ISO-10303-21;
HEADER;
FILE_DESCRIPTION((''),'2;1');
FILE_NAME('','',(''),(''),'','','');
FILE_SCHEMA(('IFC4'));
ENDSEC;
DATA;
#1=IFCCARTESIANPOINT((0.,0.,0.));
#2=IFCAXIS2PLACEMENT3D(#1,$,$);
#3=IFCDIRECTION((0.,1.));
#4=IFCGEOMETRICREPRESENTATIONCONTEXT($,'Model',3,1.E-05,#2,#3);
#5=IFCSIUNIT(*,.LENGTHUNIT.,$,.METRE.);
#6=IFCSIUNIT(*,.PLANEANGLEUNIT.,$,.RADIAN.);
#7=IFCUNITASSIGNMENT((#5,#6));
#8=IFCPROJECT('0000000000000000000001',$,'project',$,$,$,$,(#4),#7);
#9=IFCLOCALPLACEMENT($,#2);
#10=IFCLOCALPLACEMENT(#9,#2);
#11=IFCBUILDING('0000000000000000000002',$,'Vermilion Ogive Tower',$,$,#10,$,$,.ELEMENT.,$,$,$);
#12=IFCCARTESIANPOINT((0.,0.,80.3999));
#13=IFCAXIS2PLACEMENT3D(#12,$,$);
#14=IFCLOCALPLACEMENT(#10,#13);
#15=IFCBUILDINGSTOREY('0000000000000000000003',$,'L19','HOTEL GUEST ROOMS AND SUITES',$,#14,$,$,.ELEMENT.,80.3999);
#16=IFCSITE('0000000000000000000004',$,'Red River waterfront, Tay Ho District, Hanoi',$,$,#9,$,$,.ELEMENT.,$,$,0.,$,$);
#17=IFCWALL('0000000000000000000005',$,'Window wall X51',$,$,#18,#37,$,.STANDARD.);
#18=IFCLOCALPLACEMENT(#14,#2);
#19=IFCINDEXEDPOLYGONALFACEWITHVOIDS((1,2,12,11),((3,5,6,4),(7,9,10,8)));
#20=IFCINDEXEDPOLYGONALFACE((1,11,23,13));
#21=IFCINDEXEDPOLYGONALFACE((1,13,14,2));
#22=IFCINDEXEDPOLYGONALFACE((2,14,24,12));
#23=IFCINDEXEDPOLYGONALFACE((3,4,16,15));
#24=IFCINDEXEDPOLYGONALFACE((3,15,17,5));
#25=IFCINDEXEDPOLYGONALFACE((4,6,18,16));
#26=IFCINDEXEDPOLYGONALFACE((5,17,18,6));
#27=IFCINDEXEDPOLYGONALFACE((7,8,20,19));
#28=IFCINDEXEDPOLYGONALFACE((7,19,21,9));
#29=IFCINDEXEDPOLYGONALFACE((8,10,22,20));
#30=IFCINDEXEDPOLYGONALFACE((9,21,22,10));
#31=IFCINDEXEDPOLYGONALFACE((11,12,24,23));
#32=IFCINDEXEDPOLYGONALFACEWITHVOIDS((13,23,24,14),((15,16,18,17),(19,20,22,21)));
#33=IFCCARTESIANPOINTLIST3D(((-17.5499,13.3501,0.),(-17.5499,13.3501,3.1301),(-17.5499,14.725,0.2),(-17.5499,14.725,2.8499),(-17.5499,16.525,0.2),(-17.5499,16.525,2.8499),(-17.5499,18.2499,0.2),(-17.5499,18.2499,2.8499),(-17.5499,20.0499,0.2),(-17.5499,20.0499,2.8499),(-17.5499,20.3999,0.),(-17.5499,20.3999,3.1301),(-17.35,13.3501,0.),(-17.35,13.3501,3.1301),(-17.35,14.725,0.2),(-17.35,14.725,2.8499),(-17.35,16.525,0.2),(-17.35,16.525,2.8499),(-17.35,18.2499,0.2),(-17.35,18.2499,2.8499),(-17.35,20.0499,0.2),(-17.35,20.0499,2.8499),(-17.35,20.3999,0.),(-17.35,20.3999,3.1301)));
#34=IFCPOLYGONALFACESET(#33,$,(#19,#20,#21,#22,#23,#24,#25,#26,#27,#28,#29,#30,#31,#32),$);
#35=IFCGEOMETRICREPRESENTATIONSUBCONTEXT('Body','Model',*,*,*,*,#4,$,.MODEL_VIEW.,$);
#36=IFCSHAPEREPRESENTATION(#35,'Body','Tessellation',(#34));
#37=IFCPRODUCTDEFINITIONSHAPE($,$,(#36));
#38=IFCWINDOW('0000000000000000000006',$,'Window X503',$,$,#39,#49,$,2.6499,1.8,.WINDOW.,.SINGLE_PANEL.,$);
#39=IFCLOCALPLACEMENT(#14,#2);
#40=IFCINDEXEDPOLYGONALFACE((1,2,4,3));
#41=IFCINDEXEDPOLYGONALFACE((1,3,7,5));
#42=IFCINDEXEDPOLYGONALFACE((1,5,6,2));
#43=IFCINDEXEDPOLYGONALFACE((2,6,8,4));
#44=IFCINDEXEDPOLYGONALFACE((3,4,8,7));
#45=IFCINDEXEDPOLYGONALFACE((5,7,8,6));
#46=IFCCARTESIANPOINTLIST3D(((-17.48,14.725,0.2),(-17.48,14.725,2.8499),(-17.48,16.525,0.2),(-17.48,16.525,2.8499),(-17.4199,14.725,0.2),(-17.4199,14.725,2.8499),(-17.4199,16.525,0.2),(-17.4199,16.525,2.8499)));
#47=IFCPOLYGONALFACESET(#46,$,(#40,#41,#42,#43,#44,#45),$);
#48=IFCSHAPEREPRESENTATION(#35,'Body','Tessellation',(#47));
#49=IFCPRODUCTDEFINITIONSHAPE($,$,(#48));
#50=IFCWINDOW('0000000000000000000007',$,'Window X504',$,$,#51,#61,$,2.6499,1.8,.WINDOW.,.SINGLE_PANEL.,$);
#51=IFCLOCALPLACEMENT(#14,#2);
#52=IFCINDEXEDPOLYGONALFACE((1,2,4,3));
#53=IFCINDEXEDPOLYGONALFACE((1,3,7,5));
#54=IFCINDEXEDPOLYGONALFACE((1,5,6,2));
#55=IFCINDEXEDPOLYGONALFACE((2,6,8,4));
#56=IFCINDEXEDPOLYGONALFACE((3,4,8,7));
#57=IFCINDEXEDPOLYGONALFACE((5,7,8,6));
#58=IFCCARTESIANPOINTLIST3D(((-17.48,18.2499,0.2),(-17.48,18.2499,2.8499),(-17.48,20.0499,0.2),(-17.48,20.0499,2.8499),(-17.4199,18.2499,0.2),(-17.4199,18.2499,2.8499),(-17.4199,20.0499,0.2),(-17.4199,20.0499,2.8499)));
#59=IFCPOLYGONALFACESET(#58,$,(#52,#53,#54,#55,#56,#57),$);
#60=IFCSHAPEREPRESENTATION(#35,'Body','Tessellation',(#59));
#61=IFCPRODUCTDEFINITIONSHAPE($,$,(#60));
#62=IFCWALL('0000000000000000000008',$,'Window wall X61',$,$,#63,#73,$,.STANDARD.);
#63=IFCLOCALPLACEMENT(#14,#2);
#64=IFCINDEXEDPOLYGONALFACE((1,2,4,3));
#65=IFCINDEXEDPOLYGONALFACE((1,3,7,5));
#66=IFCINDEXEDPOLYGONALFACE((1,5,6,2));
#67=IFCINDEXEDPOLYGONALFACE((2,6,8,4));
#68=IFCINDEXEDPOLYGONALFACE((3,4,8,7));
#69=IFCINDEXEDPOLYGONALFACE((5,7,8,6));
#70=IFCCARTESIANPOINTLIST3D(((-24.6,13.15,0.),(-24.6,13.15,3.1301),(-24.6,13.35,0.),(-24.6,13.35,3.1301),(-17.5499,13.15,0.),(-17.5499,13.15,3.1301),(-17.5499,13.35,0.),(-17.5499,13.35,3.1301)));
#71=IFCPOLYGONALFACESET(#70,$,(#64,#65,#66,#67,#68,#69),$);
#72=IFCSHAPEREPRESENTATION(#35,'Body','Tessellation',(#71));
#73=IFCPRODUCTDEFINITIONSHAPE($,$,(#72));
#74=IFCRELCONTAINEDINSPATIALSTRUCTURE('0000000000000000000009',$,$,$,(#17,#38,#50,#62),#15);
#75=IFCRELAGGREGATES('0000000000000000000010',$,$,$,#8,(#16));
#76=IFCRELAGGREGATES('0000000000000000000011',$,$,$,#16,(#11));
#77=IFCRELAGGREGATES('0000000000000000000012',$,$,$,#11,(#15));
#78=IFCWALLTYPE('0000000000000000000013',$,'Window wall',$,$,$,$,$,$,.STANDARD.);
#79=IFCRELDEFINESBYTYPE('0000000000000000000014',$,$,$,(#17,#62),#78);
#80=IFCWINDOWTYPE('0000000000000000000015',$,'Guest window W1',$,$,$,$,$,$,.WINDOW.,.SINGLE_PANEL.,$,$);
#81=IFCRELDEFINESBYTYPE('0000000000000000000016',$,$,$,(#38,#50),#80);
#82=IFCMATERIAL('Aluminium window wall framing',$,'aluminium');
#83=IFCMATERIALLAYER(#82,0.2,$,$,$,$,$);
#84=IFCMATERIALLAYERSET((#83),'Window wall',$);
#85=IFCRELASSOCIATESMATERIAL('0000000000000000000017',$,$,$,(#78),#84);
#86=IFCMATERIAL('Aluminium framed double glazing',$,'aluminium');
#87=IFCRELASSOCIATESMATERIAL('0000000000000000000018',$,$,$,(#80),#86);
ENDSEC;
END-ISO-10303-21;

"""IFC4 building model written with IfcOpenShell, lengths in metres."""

from ifc_helpers import new_model, si_unit, direction, frame, frame_2d, origin, place, context, subcontext, project, spatial, rectangle, extrude, material, layer, layer_set, type_object, element, fill, save


model = new_model("IFC4")

# Units and contexts
model_context = context("Model", 3, precision=1e-05, world=origin(), true_north=direction((0.0, 1.0)))
body_context = subcontext(model_context, "Body", "Model", "MODEL_VIEW")
ifc_project = project(units=[si_unit("LENGTHUNIT", "METRE"), si_unit("PLANEANGLEUNIT", "RADIAN")], contexts=[model_context])

# Site, building, storey
site_placement = place(None, origin())
site = spatial("IfcSite", under=ifc_project, at=site_placement, Name="Red River waterfront, Tay Ho District, Hanoi", CompositionType="ELEMENT", RefElevation=0.0)
building_placement = place(site_placement, origin())
building = spatial("IfcBuilding", under=site, at=building_placement, Name="Vermilion Ogive Tower", CompositionType="ELEMENT")
storey_placement = place(building_placement, frame((0.0, 0.0, 80.3999)))
storey = spatial("IfcBuildingStorey", under=building, at=storey_placement, Name="L19", Description="HOTEL GUEST ROOMS AND SUITES", CompositionType="ELEMENT", Elevation=80.3999)

# Wall, openings, windows
ifc_material_1 = material(Name="Aluminium window wall framing", Category="aluminium")
ifc_layer_1 = layer(ifc_material_1, 0.2)
ifc_layer_set_1 = layer_set([ifc_layer_1], Name="Window wall")
wall_type_1 = type_object("IfcWallType", Name="Window wall", PredefinedType="STANDARD", material=ifc_layer_set_1)
wall_1_placement = place(storey_placement, frame((-17.45, 20.3999, 0.0), z_axis=(0.0, 0.0, 1.0), x_axis=(0.0, -1.0, 0.0)))
wall_1 = element("IfcWall", 1, at=wall_1_placement, inside=storey, type_object=wall_type_1, Name="Window wall X51", PredefinedType="STANDARD", context=body_context, shape_type="SweptSolid", body=[
    extrude(rectangle(XDim=7.0498, YDim=0.2, at=frame_2d((3.5249, 0.0))), origin(), (0.0, 0.0, 1.0), 3.1301),
])
opening_1_placement = place(wall_1_placement, frame((3.875, 0.0, 0.2)))
opening_1 = element("IfcOpeningElement", 2, at=opening_1_placement, cuts=wall_1, PredefinedType="OPENING", context=body_context, shape_type="SweptSolid", body=[
    extrude(rectangle(XDim=1.8, YDim=2.6499, at=frame_2d((0.8999, 1.325))), frame((0.0, 0.1099, 0.0), z_axis=(0.0, -1.0, 0.0), x_axis=(1.0, 0.0, 0.0)), (0.0, 0.0, 1.0), 0.22),
])
opening_2_placement = place(wall_1_placement, frame((0.3501, 0.0, 0.2)))
opening_2 = element("IfcOpeningElement", 3, at=opening_2_placement, cuts=wall_1, PredefinedType="OPENING", context=body_context, shape_type="SweptSolid", body=[
    extrude(rectangle(XDim=1.8, YDim=2.6499, at=frame_2d((0.8999, 1.325))), frame((0.0, 0.1099, 0.0), z_axis=(0.0, -1.0, 0.0), x_axis=(1.0, 0.0, 0.0)), (0.0, 0.0, 1.0), 0.22),
])
ifc_material_2 = material(Name="Aluminium framed double glazing", Category="aluminium")
window_type = type_object("IfcWindowType", Name="Guest window W1", PartitioningType="SINGLE_PANEL", PredefinedType="WINDOW", material=ifc_material_2)
window_1_placement = place(opening_1_placement, origin())
window_1 = element("IfcWindow", 4, at=window_1_placement, inside=storey, type_object=window_type, Name="Window X503", OverallHeight=2.6499, OverallWidth=1.8, PartitioningType="SINGLE_PANEL", PredefinedType="WINDOW", context=body_context, shape_type="SweptSolid", body=[
    extrude(rectangle(XDim=1.8, YDim=2.6499, at=frame_2d((0.8999, 1.325))), frame((0.0, 0.03, 0.0), z_axis=(0.0, -1.0, 0.0), x_axis=(1.0, 0.0, 0.0)), (0.0, 0.0, 1.0), 0.0601),
])
fill(opening_1, window_1)
window_2_placement = place(opening_2_placement, origin())
window_2 = element("IfcWindow", 5, at=window_2_placement, inside=storey, type_object=window_type, Name="Window X504", OverallHeight=2.6499, OverallWidth=1.8, PartitioningType="SINGLE_PANEL", PredefinedType="WINDOW", context=body_context, shape_type="SweptSolid", body=[
    extrude(rectangle(XDim=1.8, YDim=2.6499, at=frame_2d((0.8999, 1.325))), frame((0.0, 0.03, 0.0), z_axis=(0.0, -1.0, 0.0), x_axis=(1.0, 0.0, 0.0)), (0.0, 0.0, 1.0), 0.0601),
])
fill(opening_2, window_2)

# Wall
wall_2_placement = place(storey_placement, frame((-17.55, 13.25, 0.0), z_axis=(0.0, 0.0, 1.0), x_axis=(-1.0, 0.0, 0.0)))
element("IfcWall", 6, at=wall_2_placement, inside=storey, type_object=wall_type_1, Name="Window wall X61", PredefinedType="STANDARD", context=body_context, shape_type="SweptSolid", body=[
    extrude(rectangle(XDim=7.05, YDim=0.2, at=frame_2d((3.5249, 0.0))), origin(), (0.0, 0.0, 1.0), 3.1301),
])

save(model, "model.ifc")
